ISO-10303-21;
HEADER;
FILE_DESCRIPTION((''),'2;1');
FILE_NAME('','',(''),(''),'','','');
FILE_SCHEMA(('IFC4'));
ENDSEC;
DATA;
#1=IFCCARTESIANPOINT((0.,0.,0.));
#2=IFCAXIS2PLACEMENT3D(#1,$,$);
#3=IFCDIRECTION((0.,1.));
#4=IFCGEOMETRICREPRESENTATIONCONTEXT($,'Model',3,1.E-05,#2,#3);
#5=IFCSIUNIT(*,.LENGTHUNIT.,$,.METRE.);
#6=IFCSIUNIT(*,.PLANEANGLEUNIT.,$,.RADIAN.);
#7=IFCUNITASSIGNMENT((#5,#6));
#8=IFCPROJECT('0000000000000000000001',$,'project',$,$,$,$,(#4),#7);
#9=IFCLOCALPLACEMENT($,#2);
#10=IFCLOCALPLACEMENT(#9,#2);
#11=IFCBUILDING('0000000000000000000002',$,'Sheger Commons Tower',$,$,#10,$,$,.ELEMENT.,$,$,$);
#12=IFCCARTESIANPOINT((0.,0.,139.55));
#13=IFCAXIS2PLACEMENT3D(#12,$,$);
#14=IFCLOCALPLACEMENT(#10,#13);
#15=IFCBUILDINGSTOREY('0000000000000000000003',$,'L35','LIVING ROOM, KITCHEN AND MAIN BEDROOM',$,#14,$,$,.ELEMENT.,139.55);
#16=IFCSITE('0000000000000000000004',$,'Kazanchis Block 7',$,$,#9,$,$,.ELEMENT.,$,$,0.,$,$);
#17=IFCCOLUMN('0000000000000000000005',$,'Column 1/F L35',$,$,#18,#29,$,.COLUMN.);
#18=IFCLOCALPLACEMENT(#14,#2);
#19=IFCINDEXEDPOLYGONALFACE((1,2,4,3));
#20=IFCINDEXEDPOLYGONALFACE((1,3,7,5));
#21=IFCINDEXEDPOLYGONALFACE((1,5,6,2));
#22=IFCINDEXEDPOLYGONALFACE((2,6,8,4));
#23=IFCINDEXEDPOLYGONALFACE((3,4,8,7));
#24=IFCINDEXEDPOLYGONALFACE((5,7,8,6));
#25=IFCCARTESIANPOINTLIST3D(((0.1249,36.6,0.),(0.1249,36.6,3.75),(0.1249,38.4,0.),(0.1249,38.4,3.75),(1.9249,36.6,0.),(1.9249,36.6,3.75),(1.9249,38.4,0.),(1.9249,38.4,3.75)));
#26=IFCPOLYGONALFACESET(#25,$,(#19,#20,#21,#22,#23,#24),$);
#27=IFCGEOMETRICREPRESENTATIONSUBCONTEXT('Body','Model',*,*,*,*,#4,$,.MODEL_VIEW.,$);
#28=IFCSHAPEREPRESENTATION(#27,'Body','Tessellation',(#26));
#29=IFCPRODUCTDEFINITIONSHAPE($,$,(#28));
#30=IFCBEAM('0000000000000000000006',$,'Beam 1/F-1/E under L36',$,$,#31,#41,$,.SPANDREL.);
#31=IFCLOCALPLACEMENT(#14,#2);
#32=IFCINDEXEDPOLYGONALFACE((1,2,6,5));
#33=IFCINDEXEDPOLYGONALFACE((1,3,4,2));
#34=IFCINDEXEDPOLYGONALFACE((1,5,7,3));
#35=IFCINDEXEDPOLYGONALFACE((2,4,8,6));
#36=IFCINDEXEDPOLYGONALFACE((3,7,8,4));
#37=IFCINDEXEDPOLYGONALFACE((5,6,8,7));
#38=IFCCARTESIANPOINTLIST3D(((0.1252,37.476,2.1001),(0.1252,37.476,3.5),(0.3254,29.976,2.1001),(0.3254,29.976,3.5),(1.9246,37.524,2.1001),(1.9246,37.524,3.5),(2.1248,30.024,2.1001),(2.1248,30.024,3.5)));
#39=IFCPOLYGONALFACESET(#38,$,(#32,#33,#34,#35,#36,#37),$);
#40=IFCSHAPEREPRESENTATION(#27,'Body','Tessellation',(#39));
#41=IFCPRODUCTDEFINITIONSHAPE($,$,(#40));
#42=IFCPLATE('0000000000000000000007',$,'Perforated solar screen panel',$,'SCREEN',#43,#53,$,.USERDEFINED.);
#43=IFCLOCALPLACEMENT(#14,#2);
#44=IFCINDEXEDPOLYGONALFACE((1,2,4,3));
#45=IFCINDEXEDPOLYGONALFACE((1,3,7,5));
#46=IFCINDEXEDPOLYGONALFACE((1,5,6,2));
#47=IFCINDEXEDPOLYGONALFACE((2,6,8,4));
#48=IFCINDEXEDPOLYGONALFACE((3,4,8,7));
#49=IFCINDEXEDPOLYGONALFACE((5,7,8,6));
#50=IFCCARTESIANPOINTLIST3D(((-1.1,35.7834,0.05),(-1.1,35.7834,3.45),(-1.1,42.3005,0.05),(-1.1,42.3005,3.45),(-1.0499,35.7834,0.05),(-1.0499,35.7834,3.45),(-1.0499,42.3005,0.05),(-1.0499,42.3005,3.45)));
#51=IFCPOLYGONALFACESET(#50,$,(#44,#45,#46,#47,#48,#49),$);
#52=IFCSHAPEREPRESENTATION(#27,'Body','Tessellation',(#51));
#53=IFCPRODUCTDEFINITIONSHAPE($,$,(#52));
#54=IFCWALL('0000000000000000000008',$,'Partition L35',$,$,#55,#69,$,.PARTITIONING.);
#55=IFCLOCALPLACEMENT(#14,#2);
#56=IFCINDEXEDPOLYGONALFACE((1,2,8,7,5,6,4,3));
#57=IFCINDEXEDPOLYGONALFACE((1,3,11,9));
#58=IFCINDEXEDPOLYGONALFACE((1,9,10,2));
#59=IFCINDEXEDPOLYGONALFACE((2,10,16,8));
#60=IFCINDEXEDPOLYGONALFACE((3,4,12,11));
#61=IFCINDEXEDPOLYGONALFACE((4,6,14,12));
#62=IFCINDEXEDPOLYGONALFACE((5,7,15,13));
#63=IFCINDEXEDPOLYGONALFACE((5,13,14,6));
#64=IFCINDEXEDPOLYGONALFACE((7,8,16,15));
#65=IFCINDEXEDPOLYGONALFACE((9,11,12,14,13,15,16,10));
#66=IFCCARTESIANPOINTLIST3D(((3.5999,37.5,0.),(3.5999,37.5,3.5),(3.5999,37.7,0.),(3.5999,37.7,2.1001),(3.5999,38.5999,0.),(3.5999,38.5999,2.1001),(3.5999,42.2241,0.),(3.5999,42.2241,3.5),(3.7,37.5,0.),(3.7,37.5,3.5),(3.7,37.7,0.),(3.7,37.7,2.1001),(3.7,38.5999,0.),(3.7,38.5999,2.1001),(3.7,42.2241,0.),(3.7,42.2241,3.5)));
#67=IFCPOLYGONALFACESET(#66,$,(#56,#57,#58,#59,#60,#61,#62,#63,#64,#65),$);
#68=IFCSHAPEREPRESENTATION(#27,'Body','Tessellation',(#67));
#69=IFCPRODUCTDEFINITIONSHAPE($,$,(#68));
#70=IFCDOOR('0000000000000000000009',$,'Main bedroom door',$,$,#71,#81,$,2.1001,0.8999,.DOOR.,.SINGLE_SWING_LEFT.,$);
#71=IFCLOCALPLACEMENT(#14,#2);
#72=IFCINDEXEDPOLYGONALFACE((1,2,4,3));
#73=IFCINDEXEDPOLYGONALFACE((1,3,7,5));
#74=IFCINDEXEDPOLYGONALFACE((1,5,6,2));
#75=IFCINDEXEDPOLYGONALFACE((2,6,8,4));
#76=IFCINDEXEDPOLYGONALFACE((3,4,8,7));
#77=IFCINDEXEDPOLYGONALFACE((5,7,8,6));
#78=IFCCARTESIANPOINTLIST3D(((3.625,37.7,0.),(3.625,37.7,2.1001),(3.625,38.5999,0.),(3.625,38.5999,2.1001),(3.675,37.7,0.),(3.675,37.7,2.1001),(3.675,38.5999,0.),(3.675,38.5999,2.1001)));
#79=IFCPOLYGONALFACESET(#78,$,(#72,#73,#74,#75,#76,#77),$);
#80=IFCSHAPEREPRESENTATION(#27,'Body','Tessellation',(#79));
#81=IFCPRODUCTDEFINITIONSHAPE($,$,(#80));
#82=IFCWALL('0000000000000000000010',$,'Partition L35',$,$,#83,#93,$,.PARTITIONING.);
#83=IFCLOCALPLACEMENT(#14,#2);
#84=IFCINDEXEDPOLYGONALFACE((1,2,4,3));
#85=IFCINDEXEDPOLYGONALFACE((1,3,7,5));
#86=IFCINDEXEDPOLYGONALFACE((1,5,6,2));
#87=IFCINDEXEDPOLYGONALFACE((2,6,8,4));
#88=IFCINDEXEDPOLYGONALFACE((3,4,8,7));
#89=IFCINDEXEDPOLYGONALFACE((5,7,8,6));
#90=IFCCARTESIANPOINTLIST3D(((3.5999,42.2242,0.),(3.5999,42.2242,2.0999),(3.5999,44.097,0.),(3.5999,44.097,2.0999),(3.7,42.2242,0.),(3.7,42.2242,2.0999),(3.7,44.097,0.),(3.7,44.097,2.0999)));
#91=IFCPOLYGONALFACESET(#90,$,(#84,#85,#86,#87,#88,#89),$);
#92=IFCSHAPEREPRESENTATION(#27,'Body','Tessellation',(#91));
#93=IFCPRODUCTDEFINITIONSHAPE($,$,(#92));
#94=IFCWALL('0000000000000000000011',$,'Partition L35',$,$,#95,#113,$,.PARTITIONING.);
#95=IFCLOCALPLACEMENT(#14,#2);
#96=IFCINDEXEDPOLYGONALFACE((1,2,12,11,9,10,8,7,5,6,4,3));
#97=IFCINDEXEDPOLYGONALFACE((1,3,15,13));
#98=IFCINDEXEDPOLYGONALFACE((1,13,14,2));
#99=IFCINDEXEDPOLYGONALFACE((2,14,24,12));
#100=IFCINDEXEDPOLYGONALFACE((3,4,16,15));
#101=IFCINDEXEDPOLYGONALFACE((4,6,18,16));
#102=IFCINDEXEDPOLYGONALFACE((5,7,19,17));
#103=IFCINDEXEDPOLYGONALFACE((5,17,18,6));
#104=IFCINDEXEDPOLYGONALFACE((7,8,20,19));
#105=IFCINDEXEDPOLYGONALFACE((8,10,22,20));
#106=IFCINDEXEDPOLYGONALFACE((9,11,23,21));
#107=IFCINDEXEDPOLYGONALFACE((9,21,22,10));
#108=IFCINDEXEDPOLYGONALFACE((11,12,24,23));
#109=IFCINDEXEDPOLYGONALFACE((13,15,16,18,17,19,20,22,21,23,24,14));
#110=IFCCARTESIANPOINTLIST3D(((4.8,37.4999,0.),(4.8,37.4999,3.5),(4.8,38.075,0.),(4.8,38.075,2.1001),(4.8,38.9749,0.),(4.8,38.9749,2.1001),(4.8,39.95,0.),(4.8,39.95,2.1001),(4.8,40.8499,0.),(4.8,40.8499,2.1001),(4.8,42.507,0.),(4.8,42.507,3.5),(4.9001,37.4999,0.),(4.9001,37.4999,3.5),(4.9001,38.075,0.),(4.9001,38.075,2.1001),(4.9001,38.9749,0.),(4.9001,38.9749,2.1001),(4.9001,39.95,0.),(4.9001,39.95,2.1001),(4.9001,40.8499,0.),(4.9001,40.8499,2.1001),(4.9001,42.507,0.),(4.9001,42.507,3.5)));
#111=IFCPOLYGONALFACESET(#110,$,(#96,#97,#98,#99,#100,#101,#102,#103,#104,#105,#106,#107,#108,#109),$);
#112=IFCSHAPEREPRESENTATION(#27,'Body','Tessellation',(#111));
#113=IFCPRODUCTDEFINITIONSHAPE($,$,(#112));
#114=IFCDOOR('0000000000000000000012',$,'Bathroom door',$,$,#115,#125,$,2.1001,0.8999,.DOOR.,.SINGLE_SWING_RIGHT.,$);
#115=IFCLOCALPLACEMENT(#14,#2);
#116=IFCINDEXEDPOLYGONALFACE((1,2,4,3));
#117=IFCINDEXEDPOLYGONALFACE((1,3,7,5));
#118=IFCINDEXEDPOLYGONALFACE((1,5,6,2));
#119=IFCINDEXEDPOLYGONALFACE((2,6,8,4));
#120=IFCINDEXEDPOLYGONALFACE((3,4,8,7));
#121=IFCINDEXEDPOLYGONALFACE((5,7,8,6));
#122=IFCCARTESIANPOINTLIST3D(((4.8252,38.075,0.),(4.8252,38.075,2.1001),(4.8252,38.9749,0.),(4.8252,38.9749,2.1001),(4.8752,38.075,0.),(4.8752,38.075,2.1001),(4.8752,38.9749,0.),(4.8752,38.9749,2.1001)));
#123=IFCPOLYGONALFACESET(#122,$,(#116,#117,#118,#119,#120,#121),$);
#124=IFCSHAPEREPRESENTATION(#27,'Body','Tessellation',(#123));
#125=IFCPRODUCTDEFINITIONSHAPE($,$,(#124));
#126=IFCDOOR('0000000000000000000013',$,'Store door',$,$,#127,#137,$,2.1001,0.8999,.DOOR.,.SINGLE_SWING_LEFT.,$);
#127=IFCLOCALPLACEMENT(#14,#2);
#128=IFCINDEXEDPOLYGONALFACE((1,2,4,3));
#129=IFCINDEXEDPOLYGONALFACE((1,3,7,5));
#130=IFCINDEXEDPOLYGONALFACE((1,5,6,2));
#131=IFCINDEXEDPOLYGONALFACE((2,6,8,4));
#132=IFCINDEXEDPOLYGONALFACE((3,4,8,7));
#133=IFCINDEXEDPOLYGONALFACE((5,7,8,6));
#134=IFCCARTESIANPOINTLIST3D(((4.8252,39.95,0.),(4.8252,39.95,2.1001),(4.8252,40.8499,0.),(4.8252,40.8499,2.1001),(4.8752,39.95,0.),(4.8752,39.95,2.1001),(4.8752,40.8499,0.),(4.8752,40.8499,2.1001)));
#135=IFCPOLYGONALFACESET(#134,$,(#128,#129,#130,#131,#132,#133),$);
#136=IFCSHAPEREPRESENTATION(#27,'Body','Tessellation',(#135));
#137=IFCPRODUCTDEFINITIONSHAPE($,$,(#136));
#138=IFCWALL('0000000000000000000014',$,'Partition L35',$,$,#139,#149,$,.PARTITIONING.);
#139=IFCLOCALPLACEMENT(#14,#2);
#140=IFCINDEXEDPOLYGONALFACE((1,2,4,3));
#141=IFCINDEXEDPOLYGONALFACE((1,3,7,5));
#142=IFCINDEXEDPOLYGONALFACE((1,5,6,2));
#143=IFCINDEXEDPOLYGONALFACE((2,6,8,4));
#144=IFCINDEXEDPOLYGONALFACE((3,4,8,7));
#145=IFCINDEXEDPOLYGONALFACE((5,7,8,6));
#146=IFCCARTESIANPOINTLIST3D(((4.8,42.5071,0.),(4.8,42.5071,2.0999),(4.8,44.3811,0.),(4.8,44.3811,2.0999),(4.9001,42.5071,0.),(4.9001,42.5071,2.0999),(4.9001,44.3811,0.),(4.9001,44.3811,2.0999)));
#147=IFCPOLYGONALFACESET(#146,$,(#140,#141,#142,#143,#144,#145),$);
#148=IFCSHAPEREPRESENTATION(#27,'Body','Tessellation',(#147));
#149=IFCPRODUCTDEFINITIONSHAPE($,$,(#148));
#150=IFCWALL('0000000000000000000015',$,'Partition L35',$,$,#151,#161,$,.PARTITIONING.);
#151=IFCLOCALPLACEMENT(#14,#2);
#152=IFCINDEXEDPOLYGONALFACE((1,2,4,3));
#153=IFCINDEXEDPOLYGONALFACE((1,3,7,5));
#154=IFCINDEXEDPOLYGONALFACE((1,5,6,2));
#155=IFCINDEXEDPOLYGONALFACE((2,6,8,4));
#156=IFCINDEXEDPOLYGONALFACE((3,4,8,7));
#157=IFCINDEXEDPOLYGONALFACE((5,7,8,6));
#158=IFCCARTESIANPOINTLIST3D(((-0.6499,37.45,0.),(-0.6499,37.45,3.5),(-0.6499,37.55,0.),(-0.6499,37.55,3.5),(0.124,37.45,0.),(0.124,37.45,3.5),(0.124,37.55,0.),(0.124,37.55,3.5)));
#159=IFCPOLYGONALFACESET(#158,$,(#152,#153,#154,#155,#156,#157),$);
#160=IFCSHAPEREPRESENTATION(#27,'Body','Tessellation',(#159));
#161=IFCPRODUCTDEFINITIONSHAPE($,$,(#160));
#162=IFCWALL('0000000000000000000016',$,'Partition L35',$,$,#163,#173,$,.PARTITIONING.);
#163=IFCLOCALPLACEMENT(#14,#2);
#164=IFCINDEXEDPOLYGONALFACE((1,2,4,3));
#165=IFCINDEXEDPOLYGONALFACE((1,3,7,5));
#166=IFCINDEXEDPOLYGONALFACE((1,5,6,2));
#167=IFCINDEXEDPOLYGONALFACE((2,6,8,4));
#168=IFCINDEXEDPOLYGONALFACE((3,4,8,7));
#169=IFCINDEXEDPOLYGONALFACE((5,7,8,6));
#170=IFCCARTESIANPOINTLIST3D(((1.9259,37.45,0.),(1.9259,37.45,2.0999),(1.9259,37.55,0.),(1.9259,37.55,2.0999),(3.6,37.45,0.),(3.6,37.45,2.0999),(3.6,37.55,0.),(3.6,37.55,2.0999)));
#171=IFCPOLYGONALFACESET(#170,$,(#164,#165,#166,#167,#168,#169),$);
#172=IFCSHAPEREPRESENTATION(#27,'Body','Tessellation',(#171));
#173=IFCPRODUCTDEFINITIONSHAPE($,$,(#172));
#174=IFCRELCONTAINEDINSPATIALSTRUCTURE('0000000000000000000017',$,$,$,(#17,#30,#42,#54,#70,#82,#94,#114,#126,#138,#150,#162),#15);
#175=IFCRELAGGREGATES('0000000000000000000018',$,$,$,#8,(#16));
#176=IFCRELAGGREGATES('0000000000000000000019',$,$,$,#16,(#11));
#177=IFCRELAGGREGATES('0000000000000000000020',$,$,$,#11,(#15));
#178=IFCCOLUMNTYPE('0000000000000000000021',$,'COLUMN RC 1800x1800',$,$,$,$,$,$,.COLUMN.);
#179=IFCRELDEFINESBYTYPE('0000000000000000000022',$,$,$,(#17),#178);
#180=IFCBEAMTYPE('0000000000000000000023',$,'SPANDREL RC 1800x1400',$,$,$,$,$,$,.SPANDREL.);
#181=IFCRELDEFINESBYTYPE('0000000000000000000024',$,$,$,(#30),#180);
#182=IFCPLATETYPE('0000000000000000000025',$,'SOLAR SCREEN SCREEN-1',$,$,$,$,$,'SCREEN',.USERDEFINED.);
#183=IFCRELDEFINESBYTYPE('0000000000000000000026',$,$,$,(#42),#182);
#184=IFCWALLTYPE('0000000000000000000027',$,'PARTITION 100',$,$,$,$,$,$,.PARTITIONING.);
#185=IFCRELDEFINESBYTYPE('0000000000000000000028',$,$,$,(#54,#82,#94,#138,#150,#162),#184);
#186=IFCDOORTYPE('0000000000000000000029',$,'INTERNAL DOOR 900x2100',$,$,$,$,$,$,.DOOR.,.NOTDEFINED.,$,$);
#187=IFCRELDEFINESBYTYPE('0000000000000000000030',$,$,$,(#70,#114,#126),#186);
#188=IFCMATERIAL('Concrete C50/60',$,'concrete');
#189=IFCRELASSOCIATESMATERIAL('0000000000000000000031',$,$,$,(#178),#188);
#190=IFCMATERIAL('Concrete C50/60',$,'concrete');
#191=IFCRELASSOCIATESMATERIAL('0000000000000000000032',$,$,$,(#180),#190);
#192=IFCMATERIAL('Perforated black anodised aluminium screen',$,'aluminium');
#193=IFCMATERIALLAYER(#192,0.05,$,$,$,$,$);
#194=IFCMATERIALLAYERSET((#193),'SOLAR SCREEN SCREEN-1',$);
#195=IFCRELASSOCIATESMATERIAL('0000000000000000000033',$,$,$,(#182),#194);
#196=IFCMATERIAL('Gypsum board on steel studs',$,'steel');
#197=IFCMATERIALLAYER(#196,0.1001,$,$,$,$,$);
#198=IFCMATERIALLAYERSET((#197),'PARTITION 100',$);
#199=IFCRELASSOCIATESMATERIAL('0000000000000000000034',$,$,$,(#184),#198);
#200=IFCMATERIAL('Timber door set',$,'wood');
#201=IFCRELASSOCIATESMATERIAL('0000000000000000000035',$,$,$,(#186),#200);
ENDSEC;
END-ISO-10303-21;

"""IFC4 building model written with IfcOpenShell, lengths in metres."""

from ifc_helpers import new_model, si_unit, direction, frame, frame_2d, origin, origin_2d, place, context, subcontext, project, spatial, rectangle, extrude, material, layer, layer_set, material_profile, profile_set, type_object, element, fill, save


model = new_model("IFC4")

# Units and contexts
model_context = context("Model", 3, precision=1e-05, world=origin(), true_north=direction((0.0, 1.0)))
body_context = subcontext(model_context, "Body", "Model", "MODEL_VIEW")
ifc_project = project(units=[si_unit("LENGTHUNIT", "METRE"), si_unit("PLANEANGLEUNIT", "RADIAN")], contexts=[model_context])

# Site, building, storey
site_placement = place(None, origin())
site = spatial("IfcSite", under=ifc_project, at=site_placement, Name="Kazanchis Block 7", CompositionType="ELEMENT", RefElevation=0.0)
building_placement = place(site_placement, origin())
building = spatial("IfcBuilding", under=site, at=building_placement, Name="Sheger Commons Tower", CompositionType="ELEMENT")
storey_placement = place(building_placement, frame((0.0, 0.0, 139.55)))
storey = spatial("IfcBuildingStorey", under=building, at=storey_placement, Name="L35", Description="LIVING ROOM, KITCHEN AND MAIN BEDROOM", CompositionType="ELEMENT", Elevation=139.55)

# Column
ifc_material_1 = material(Name="Concrete C50/60", Category="concrete")
ifc_material_profile_1 = material_profile(ifc_material_1, rectangle(XDim=1.8, YDim=1.8, at=origin_2d()), Name="RC 1800x1800")
ifc_profile_set_1 = profile_set([ifc_material_profile_1], Name="Concrete C50/60")
column_type = type_object("IfcColumnType", Name="COLUMN RC 1800x1800", PredefinedType="COLUMN", material=ifc_profile_set_1)
column_placement = place(storey_placement, frame((1.0249, 37.5, 0.0), z_axis=(0.0, 0.0, 1.0), x_axis=(1.0, 0.0, 0.0)))
element("IfcColumn", 1, at=column_placement, inside=storey, type_object=column_type, Name="Column 1/F L35", PredefinedType="COLUMN", context=body_context, shape_type="SweptSolid", body=[
    extrude(rectangle(XDim=1.8, YDim=1.8, at=origin_2d()), origin(), (0.0, 0.0, 1.0), 3.75),
])

# Beam
ifc_material_2 = material(Name="Concrete C50/60", Category="concrete")
ifc_material_profile_2 = material_profile(ifc_material_2, rectangle(XDim=1.8, YDim=1.3999, at=origin_2d()), Name="RC 1800x1400")
ifc_profile_set_2 = profile_set([ifc_material_profile_2], Name="Concrete C50/60")
beam_type = type_object("IfcBeamType", Name="SPANDREL RC 1800x1400", PredefinedType="SPANDREL", material=ifc_profile_set_2)
beam_placement = place(storey_placement, frame((1.0249, 37.5, 2.8), z_axis=(0.026683, -0.999644, 0.0), x_axis=(0.999644, 0.026683, 0.0)))
element("IfcBeam", 2, at=beam_placement, inside=storey, type_object=beam_type, Name="Beam 1/F-1/E under L36", PredefinedType="SPANDREL", context=body_context, shape_type="SweptSolid", body=[
    extrude(rectangle(XDim=1.8, YDim=1.3999, at=origin_2d()), origin(), (0.0, 0.0, 1.0), 7.5027),
])

# Plate
ifc_material_3 = material(Name="Perforated black anodised aluminium screen", Category="aluminium")
ifc_layer_1 = layer(ifc_material_3, 0.05)
ifc_layer_set_1 = layer_set([ifc_layer_1], Name="SOLAR SCREEN SCREEN-1")
plate_type = type_object("IfcPlateType", Name="SOLAR SCREEN SCREEN-1", ElementType="SCREEN", PredefinedType="USERDEFINED", material=ifc_layer_set_1)
plate_placement = place(storey_placement, frame((-1.075, 39.042, 0.05), z_axis=(0.0, 0.0, 1.0), x_axis=(0.0, -1.0, 0.0)))
element("IfcPlate", 3, at=plate_placement, inside=storey, type_object=plate_type, Name="Perforated solar screen panel", ObjectType="SCREEN", PredefinedType="USERDEFINED", context=body_context, shape_type="SweptSolid", body=[
    extrude(rectangle(XDim=6.5171, YDim=0.05, at=origin_2d()), origin(), (0.0, 0.0, 1.0), 3.3999),
])

# Wall, opening, door
ifc_material_4 = material(Name="Gypsum board on steel studs", Category="steel")
ifc_layer_2 = layer(ifc_material_4, 0.1001)
ifc_layer_set_2 = layer_set([ifc_layer_2], Name="PARTITION 100")
wall_type = type_object("IfcWallType", Name="PARTITION 100", PredefinedType="PARTITIONING", material=ifc_layer_set_2)
wall_1_placement = place(storey_placement, frame((3.6499, 37.5, 0.0), z_axis=(0.0, 0.0, 1.0), x_axis=(0.0, 1.0, 0.0)))
wall_1 = element("IfcWall", 4, at=wall_1_placement, inside=storey, type_object=wall_type, Name="Partition L35", PredefinedType="PARTITIONING", context=body_context, shape_type="SweptSolid", body=[
    extrude(rectangle(XDim=4.7241, YDim=0.1001, at=frame_2d((2.3621, 0.0))), origin(), (0.0, 0.0, 1.0), 3.5),
])
opening_1_placement = place(wall_1_placement, frame((0.2, 0.0, 0.0)))
opening_1 = element("IfcOpeningElement", 5, at=opening_1_placement, cuts=wall_1, PredefinedType="OPENING", context=body_context, shape_type="SweptSolid", body=[
    extrude(rectangle(XDim=0.8999, YDim=2.1001, at=frame_2d((0.45, 1.05))), frame((0.0, 0.0601, 0.0), z_axis=(0.0, -1.0, 0.0), x_axis=(1.0, 0.0, 0.0)), (0.0, 0.0, 1.0), 0.1201),
])
ifc_material_5 = material(Name="Timber door set", Category="wood")
door_type = type_object("IfcDoorType", Name="INTERNAL DOOR 900x2100", OperationType="NOTDEFINED", PredefinedType="DOOR", material=ifc_material_5)
door_1_placement = place(opening_1_placement, origin())
door_1 = element("IfcDoor", 6, at=door_1_placement, inside=storey, type_object=door_type, Name="Main bedroom door", OperationType="SINGLE_SWING_LEFT", OverallHeight=2.1001, OverallWidth=0.8999, PredefinedType="DOOR", context=body_context, shape_type="SweptSolid", body=[
    extrude(rectangle(XDim=0.8999, YDim=2.1001, at=frame_2d((0.45, 1.05))), frame((0.0, 0.0249, 0.0), z_axis=(0.0, -1.0, 0.0), x_axis=(1.0, 0.0, 0.0)), (0.0, 0.0, 1.0), 0.05),
])
fill(opening_1, door_1)

# Wall
wall_2_placement = place(storey_placement, frame((3.6499, 42.2241, 0.0), z_axis=(0.0, 0.0, 1.0), x_axis=(0.0, 1.0, 0.0)))
element("IfcWall", 7, at=wall_2_placement, inside=storey, type_object=wall_type, Name="Partition L35", PredefinedType="PARTITIONING", context=body_context, shape_type="SweptSolid", body=[
    extrude(rectangle(XDim=1.8728, YDim=0.1001, at=frame_2d((0.9365, 0.0))), origin(), (0.0, 0.0, 1.0), 2.0999),
])

# Wall, openings, doors
wall_3_placement = place(storey_placement, frame((4.8501, 37.5, 0.0), z_axis=(0.0, 0.0, 1.0), x_axis=(0.0, 1.0, 0.0)))
wall_3 = element("IfcWall", 8, at=wall_3_placement, inside=storey, type_object=wall_type, Name="Partition L35", PredefinedType="PARTITIONING", context=body_context, shape_type="SweptSolid", body=[
    extrude(rectangle(XDim=5.0071, YDim=0.1001, at=frame_2d((2.5034, 0.0))), origin(), (0.0, 0.0, 1.0), 3.5),
])
opening_2_placement = place(wall_3_placement, frame((0.575, 0.0, 0.0)))
opening_2 = element("IfcOpeningElement", 9, at=opening_2_placement, cuts=wall_3, PredefinedType="OPENING", context=body_context, shape_type="SweptSolid", body=[
    extrude(rectangle(XDim=0.8999, YDim=2.1001, at=frame_2d((0.45, 1.05))), frame((0.0, 0.0601, 0.0), z_axis=(0.0, -1.0, 0.0), x_axis=(1.0, 0.0, 0.0)), (0.0, 0.0, 1.0), 0.1201),
])
opening_3_placement = place(wall_3_placement, frame((2.45, 0.0, 0.0)))
opening_3 = element("IfcOpeningElement", 10, at=opening_3_placement, cuts=wall_3, PredefinedType="OPENING", context=body_context, shape_type="SweptSolid", body=[
    extrude(rectangle(XDim=0.8999, YDim=2.1001, at=frame_2d((0.45, 1.05))), frame((0.0, 0.0601, 0.0), z_axis=(0.0, -1.0, 0.0), x_axis=(1.0, 0.0, 0.0)), (0.0, 0.0, 1.0), 0.1201),
])
door_2_placement = place(opening_2_placement, origin())
door_2 = element("IfcDoor", 11, at=door_2_placement, inside=storey, type_object=door_type, Name="Bathroom door", OperationType="SINGLE_SWING_RIGHT", OverallHeight=2.1001, OverallWidth=0.8999, PredefinedType="DOOR", context=body_context, shape_type="SweptSolid", body=[
    extrude(rectangle(XDim=0.8999, YDim=2.1001, at=frame_2d((0.45, 1.05))), frame((0.0, 0.0249, 0.0), z_axis=(0.0, -1.0, 0.0), x_axis=(1.0, 0.0, 0.0)), (0.0, 0.0, 1.0), 0.05),
])
fill(opening_2, door_2)
door_3_placement = place(opening_3_placement, origin())
door_3 = element("IfcDoor", 12, at=door_3_placement, inside=storey, type_object=door_type, Name="Store door", OperationType="SINGLE_SWING_LEFT", OverallHeight=2.1001, OverallWidth=0.8999, PredefinedType="DOOR", context=body_context, shape_type="SweptSolid", body=[
    extrude(rectangle(XDim=0.8999, YDim=2.1001, at=frame_2d((0.45, 1.05))), frame((0.0, 0.0249, 0.0), z_axis=(0.0, -1.0, 0.0), x_axis=(1.0, 0.0, 0.0)), (0.0, 0.0, 1.0), 0.05),
])
fill(opening_3, door_3)

# Walls
wall_4_placement = place(storey_placement, frame((4.8501, 42.5071, 0.0), z_axis=(0.0, 0.0, 1.0), x_axis=(0.0, 1.0, 0.0)))
element("IfcWall", 13, at=wall_4_placement, inside=storey, type_object=wall_type, Name="Partition L35", PredefinedType="PARTITIONING", context=body_context, shape_type="SweptSolid", body=[
    extrude(rectangle(XDim=1.874, YDim=0.1001, at=frame_2d((0.937, 0.0))), origin(), (0.0, 0.0, 1.0), 2.0999),
])
wall_5_placement = place(storey_placement, frame((-0.6499, 37.5, 0.0), z_axis=(0.0, 0.0, 1.0), x_axis=(1.0, 0.0, 0.0)))
element("IfcWall", 14, at=wall_5_placement, inside=storey, type_object=wall_type, Name="Partition L35", PredefinedType="PARTITIONING", context=body_context, shape_type="SweptSolid", body=[
    extrude(rectangle(XDim=0.7739, YDim=0.1001, at=frame_2d((0.387, 0.0))), origin(), (0.0, 0.0, 1.0), 3.5),
])
wall_6_placement = place(storey_placement, frame((1.926, 37.5, 0.0), z_axis=(0.0, 0.0, 1.0), x_axis=(1.0, 0.0, 0.0)))
element("IfcWall", 15, at=wall_6_placement, inside=storey, type_object=wall_type, Name="Partition L35", PredefinedType="PARTITIONING", context=body_context, shape_type="SweptSolid", body=[
    extrude(rectangle(XDim=1.6741, YDim=0.1001, at=frame_2d((0.8369, 0.0))), origin(), (0.0, 0.0, 1.0), 2.0999),
])

save(model, "model.ifc")
